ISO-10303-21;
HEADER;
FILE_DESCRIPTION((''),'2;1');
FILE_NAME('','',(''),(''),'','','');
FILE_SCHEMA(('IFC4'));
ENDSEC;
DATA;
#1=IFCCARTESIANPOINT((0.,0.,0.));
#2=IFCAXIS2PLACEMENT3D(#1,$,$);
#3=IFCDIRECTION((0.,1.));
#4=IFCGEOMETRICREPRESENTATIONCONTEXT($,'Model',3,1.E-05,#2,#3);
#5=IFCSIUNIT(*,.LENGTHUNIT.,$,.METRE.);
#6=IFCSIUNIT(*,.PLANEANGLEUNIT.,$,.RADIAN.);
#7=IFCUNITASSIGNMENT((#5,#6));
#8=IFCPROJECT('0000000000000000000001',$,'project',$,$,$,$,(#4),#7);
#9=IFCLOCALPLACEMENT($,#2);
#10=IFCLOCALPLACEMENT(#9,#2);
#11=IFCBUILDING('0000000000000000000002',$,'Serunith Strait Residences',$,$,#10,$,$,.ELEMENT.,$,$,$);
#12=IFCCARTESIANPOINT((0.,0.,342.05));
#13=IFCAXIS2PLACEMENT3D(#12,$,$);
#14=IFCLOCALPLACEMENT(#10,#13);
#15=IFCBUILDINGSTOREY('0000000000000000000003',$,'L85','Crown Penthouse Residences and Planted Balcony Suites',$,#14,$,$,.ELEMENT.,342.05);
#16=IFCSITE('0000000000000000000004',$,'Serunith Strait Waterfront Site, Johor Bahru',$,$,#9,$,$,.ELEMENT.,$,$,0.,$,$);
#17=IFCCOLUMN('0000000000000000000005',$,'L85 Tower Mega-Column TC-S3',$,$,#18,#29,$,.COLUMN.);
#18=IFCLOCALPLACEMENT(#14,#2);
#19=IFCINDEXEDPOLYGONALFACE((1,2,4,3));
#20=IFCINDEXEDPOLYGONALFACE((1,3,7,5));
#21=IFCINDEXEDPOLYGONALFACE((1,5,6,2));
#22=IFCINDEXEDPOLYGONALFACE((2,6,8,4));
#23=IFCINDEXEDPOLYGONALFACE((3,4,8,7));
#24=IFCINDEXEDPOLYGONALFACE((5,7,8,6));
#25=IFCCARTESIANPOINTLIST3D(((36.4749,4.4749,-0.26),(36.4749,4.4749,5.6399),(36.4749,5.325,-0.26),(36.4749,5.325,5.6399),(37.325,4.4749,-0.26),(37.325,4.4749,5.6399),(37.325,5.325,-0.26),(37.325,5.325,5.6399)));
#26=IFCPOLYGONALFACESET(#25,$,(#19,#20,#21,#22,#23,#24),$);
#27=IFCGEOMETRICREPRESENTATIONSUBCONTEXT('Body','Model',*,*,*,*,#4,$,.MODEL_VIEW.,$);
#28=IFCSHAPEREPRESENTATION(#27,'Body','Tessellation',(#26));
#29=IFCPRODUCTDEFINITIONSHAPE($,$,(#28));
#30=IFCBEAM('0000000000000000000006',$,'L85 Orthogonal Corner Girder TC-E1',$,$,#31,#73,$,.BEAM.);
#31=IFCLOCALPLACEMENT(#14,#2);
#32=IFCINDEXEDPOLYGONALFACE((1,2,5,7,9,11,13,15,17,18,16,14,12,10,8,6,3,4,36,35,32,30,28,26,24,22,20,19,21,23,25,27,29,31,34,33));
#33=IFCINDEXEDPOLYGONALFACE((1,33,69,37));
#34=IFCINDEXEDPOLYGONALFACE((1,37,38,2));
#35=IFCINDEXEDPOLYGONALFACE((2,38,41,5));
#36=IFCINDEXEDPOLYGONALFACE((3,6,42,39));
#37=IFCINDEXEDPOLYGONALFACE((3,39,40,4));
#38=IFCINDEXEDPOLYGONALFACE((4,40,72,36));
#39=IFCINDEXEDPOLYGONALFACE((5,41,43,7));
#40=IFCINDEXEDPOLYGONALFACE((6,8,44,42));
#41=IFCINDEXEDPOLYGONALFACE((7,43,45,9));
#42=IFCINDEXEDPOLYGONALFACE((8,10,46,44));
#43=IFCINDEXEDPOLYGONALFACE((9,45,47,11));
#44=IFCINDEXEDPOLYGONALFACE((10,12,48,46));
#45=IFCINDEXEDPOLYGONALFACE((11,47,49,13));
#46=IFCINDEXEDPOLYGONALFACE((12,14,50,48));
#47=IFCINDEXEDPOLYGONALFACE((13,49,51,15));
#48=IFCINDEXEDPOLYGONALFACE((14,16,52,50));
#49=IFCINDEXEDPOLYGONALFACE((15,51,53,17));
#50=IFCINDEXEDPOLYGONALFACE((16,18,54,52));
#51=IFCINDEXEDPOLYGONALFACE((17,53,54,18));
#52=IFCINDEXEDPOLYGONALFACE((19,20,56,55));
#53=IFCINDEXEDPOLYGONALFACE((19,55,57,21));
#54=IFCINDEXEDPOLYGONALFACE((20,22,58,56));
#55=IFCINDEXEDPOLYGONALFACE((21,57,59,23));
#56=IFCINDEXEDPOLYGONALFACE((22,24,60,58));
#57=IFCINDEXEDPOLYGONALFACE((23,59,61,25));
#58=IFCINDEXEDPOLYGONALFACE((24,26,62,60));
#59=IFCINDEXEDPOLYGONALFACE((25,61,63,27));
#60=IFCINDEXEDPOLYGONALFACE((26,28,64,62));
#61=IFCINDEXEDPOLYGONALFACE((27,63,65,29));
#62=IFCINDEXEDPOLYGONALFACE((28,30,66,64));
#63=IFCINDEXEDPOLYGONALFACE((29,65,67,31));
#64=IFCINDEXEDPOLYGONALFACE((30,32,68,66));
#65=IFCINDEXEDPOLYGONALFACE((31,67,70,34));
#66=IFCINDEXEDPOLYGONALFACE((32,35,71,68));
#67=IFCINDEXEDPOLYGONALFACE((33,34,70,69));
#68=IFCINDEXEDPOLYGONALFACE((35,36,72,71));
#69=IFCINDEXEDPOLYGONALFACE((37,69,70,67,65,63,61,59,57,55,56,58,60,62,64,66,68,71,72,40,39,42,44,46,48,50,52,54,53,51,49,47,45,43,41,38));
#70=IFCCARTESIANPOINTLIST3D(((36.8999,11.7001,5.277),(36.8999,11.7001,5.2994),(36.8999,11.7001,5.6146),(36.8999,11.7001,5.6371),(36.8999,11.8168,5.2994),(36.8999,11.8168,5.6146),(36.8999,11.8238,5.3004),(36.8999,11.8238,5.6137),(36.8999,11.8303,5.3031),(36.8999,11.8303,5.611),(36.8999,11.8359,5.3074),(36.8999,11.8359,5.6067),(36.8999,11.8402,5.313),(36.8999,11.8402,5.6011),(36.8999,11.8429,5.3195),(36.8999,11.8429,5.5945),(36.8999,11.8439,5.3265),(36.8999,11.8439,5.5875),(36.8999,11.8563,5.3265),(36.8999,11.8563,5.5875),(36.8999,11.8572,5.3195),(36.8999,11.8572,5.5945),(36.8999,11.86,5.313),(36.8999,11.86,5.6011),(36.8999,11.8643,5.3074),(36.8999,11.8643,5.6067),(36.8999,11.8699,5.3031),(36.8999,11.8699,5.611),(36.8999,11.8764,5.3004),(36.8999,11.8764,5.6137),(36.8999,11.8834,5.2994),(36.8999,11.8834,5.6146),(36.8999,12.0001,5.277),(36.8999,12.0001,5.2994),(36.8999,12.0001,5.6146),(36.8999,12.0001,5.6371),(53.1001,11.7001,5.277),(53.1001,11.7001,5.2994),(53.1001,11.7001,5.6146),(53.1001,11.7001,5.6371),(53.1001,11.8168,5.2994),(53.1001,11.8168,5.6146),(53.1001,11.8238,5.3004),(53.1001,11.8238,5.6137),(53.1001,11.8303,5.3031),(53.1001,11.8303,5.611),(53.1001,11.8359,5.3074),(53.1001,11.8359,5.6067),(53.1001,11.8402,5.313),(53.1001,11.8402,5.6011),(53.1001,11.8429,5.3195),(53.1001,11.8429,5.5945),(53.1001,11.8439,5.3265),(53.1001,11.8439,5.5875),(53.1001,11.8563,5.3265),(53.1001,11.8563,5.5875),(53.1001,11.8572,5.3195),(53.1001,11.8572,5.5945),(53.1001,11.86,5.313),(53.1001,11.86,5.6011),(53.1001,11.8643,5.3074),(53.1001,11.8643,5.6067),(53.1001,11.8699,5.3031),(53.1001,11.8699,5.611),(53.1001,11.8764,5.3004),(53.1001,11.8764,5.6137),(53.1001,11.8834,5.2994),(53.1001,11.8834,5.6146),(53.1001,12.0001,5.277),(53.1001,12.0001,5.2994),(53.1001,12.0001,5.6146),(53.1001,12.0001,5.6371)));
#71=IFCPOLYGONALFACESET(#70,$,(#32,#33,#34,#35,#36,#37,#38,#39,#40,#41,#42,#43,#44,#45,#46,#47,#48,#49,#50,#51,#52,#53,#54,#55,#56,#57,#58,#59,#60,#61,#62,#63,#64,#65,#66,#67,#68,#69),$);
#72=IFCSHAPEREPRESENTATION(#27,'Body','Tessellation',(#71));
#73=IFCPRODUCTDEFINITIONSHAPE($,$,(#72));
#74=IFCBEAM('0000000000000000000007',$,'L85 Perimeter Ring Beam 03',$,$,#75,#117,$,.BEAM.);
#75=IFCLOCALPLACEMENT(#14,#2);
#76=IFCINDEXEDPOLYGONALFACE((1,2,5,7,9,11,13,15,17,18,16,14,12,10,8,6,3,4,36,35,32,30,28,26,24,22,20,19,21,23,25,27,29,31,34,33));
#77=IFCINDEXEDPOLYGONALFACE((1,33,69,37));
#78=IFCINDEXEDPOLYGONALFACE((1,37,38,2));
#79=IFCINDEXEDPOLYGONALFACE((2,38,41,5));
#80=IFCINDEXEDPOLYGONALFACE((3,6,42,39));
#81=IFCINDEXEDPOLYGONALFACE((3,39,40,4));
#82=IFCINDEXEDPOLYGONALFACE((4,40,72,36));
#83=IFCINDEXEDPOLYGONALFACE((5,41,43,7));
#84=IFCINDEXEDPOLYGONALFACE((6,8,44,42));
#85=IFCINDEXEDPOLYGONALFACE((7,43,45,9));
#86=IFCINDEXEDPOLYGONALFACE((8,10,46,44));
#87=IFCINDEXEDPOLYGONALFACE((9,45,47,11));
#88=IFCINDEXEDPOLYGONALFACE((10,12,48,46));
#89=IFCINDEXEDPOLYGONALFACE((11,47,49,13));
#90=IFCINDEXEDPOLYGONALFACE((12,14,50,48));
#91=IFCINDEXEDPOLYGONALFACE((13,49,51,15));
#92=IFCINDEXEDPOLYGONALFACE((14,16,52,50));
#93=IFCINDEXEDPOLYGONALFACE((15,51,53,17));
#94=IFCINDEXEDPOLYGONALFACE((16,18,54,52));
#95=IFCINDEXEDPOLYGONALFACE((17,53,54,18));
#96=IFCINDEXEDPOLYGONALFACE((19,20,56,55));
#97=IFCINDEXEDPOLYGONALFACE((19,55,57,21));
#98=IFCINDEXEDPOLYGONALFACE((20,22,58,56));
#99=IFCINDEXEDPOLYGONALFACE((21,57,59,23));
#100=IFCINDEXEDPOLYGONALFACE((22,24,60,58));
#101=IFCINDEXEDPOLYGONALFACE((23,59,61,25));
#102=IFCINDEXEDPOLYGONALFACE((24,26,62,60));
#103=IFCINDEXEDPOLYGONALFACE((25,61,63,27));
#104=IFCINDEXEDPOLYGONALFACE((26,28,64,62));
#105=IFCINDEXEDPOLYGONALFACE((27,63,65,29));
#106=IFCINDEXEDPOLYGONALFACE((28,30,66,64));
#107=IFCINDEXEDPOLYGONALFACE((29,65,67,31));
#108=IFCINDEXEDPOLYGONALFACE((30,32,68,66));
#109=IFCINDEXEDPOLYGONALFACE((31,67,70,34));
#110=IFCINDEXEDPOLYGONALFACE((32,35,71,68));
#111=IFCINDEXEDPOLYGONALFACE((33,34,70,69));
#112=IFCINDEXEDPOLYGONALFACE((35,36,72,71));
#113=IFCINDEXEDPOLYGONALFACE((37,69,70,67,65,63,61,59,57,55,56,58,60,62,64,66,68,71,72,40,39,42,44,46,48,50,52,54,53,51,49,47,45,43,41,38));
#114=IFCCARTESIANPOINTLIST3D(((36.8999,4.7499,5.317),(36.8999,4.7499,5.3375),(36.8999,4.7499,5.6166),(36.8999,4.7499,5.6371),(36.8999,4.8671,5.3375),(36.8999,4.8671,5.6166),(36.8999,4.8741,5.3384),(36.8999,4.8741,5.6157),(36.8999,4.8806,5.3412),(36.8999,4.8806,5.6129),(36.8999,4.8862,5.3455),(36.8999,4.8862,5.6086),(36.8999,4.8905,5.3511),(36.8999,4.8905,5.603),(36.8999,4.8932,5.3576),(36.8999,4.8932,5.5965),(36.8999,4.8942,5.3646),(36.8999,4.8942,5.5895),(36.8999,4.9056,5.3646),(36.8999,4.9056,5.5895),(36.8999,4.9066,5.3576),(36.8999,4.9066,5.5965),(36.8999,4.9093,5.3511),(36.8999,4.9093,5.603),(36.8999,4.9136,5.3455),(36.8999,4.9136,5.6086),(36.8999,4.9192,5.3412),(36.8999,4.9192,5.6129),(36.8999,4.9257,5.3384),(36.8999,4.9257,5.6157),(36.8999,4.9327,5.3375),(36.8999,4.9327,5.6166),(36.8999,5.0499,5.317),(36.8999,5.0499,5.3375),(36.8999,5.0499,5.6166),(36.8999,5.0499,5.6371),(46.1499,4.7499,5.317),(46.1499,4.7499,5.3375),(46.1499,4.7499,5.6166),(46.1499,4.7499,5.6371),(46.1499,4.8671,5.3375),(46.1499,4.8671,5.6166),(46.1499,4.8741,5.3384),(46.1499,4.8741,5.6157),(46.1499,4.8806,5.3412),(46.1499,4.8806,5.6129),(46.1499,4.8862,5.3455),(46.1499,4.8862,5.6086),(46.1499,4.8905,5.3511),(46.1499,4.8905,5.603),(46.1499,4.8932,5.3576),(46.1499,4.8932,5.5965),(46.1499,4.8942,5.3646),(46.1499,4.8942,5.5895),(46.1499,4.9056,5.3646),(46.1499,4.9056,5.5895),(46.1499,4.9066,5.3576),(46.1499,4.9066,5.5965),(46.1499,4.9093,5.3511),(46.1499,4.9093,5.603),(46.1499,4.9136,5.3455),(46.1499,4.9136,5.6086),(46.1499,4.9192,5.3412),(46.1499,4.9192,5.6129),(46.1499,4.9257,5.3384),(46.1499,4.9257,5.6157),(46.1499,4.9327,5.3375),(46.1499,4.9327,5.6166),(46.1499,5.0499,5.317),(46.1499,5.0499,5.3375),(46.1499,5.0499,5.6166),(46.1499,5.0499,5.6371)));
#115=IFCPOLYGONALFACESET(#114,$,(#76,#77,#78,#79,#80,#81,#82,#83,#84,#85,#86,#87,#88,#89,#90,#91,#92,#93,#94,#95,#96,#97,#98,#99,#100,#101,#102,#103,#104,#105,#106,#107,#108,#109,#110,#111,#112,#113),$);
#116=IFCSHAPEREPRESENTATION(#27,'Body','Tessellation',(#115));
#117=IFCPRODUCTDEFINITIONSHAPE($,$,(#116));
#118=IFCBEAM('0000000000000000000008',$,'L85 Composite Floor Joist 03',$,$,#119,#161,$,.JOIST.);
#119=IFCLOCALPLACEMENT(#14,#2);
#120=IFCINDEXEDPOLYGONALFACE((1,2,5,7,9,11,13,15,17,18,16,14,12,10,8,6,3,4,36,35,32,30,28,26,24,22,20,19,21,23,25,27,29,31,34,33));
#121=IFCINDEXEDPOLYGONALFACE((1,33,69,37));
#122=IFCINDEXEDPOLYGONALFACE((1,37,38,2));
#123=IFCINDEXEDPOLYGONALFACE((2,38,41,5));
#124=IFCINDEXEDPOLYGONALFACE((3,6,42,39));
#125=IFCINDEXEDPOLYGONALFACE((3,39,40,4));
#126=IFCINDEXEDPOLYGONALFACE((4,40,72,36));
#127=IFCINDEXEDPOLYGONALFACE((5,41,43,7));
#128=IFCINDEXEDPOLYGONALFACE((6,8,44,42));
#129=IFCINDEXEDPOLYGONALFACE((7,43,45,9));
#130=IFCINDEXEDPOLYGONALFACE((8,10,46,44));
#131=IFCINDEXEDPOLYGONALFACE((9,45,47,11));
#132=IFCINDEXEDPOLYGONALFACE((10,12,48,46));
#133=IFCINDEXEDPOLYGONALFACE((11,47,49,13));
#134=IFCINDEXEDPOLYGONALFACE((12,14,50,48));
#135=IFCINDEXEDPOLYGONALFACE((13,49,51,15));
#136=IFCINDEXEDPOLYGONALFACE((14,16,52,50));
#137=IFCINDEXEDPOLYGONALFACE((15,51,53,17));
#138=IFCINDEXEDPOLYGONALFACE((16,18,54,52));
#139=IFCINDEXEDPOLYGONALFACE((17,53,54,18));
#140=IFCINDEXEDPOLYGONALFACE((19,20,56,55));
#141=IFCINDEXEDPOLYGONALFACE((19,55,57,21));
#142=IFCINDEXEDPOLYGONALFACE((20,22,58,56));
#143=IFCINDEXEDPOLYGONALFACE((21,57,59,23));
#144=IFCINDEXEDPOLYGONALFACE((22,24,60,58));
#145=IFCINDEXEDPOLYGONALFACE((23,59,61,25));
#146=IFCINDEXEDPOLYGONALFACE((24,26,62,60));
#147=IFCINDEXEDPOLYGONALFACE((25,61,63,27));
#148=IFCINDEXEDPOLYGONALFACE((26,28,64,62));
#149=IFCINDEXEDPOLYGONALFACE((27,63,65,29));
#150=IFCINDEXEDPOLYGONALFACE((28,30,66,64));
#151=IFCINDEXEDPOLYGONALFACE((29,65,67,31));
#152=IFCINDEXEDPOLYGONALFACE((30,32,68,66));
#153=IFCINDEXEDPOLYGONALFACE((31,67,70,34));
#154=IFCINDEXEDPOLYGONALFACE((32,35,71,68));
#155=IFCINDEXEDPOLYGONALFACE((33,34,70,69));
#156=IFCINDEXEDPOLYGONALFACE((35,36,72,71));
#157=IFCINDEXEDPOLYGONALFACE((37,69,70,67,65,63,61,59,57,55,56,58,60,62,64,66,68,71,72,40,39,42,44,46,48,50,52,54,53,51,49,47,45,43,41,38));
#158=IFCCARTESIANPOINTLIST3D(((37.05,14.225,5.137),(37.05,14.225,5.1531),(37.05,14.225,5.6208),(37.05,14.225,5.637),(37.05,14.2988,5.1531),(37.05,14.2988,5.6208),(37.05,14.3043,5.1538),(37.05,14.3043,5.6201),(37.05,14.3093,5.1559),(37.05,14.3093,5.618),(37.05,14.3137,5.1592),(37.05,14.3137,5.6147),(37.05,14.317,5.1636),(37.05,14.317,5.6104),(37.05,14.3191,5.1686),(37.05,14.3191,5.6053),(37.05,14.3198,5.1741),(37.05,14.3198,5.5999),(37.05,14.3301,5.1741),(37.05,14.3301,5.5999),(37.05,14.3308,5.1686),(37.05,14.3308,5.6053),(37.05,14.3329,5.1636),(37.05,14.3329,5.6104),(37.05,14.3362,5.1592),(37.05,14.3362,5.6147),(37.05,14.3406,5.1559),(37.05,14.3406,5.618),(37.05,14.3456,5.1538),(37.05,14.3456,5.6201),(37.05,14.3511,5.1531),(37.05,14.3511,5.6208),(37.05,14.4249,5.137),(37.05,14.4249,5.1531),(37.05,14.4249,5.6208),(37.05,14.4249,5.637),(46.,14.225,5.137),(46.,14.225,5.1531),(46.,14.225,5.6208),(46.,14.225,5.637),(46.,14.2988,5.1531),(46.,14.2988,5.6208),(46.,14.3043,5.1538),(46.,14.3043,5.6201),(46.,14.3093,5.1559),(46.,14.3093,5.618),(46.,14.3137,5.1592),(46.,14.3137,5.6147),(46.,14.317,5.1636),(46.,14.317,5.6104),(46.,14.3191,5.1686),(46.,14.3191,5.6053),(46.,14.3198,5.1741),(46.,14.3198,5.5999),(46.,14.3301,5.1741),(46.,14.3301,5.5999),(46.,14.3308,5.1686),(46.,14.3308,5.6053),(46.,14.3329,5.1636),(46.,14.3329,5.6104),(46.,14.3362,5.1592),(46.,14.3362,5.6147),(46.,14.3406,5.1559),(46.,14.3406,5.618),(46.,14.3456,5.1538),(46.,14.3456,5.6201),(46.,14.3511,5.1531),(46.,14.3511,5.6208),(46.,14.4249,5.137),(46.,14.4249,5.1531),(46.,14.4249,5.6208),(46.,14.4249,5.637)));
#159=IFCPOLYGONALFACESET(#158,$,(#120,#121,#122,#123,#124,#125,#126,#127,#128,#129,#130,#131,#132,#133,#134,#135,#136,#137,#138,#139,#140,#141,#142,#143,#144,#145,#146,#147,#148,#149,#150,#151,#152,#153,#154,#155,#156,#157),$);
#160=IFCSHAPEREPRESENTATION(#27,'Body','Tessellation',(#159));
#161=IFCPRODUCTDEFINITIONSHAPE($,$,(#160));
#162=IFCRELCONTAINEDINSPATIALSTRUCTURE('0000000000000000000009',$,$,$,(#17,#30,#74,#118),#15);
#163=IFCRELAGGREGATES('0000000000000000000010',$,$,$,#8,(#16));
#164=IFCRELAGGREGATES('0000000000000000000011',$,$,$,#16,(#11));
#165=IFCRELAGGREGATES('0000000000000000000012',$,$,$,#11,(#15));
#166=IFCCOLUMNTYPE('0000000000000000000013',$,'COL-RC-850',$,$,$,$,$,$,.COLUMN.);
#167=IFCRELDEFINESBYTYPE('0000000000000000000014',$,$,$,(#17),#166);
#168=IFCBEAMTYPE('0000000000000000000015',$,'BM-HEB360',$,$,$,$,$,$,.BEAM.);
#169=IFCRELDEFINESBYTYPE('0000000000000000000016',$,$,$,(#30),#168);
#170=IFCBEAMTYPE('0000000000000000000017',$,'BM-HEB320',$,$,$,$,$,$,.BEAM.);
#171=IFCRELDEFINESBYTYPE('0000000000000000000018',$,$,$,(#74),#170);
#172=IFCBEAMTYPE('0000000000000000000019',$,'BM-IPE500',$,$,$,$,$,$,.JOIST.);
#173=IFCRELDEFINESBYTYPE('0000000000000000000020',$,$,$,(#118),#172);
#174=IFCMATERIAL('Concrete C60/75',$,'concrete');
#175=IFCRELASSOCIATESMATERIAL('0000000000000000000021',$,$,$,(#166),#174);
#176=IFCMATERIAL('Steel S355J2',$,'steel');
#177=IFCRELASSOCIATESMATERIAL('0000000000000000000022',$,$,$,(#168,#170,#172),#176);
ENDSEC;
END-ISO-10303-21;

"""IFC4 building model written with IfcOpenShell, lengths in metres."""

from ifc_helpers import new_model, si_unit, direction, frame, origin, origin_2d, place, context, subcontext, project, spatial, rectangle, i_section, extrude, source, transform, mapped, material, material_profile, profile_set, type_object, element, save


model = new_model("IFC4")

# Units and contexts
model_context = context("Model", 3, precision=1e-05, world=origin(), true_north=direction((0.0, 1.0)))
body_context = subcontext(model_context, "Body", "Model", "MODEL_VIEW")
ifc_project = project(units=[si_unit("LENGTHUNIT", "METRE"), si_unit("PLANEANGLEUNIT", "RADIAN")], contexts=[model_context])

# Site, building, storey
site_placement = place(None, origin())
site = spatial("IfcSite", under=ifc_project, at=site_placement, Name="Serunith Strait Waterfront Site, Johor Bahru", CompositionType="ELEMENT", RefElevation=0.0)
building_placement = place(site_placement, origin())
building = spatial("IfcBuilding", under=site, at=building_placement, Name="Serunith Strait Residences", CompositionType="ELEMENT")
storey_placement = place(building_placement, frame((0.0, 0.0, 342.05)))
storey = spatial("IfcBuildingStorey", under=building, at=storey_placement, Name="L85", Description="Crown Penthouse Residences and Planted Balcony Suites", CompositionType="ELEMENT", Elevation=342.05)

# Column
ifc_material_1 = material(Name="Concrete C60/75", Category="concrete")
ifc_material_profile_1 = material_profile(ifc_material_1, rectangle(XDim=0.8501, YDim=0.8501, at=origin_2d()), Name="RC 850x850")
ifc_profile_set_1 = profile_set([ifc_material_profile_1], Name="Concrete C60/75")
column_type = type_object("IfcColumnType", Name="COL-RC-850", PredefinedType="COLUMN", material=ifc_profile_set_1)
shared_shape_1 = source(origin(), body_context, "Body", "SweptSolid", [
    extrude(rectangle(XDim=0.8501, YDim=0.8501, at=origin_2d()), origin(), (0.0, 0.0, 1.0), 5.8999),
])
column_placement = place(storey_placement, frame((36.8999, 4.8999, -0.26), z_axis=(0.0, 0.0, 1.0), x_axis=(1.0, 0.0, 0.0)))
element("IfcColumn", 1, at=column_placement, inside=storey, type_object=column_type, Name="L85 Tower Mega-Column TC-S3", PredefinedType="COLUMN", context=body_context, shape_type="MappedRepresentation", body=[
    mapped(shared_shape_1, transform((0.0, 0.0, 0.0), scale=1.0)),
])

# Beams
ifc_material_2 = material(Name="Steel S355J2", Category="steel")
ifc_material_profile_2 = material_profile(ifc_material_2, i_section(OverallWidth=0.3, OverallDepth=0.3601, WebThickness=0.0125, FlangeThickness=0.0225, FilletRadius=0.0271, at=origin_2d()), Name="HEB 360")
ifc_profile_set_2 = profile_set([ifc_material_profile_2], Name="Steel S355J2")
beam_type_1 = type_object("IfcBeamType", Name="BM-HEB360", PredefinedType="BEAM", material=ifc_profile_set_2)
shared_shape_2 = source(origin(), body_context, "Body", "SweptSolid", [
    extrude(i_section(OverallWidth=0.3, OverallDepth=0.3601, WebThickness=0.0125, FlangeThickness=0.0225, FilletRadius=0.0271, at=origin_2d()), origin(), (0.0, 0.0, 1.0), 16.2002),
])
beam_1_placement = place(storey_placement, frame((36.8999, 11.8501, 5.457), z_axis=(1.0, 0.0, 0.0), x_axis=(0.0, 1.0, 0.0)))
element("IfcBeam", 2, at=beam_1_placement, inside=storey, type_object=beam_type_1, Name="L85 Orthogonal Corner Girder TC-E1", PredefinedType="BEAM", context=body_context, shape_type="MappedRepresentation", body=[
    mapped(shared_shape_2, transform((0.0, 0.0, 0.0), scale=1.0)),
])
ifc_material_profile_3 = material_profile(ifc_material_2, i_section(OverallWidth=0.3, OverallDepth=0.3201, WebThickness=0.0115, FlangeThickness=0.0205, FilletRadius=0.0271, at=origin_2d()), Name="HEB 320")
ifc_profile_set_3 = profile_set([ifc_material_profile_3], Name="Steel S355J2")
beam_type_2 = type_object("IfcBeamType", Name="BM-HEB320", PredefinedType="BEAM", material=ifc_profile_set_3)
shared_shape_3 = source(origin(), body_context, "Body", "SweptSolid", [
    extrude(i_section(OverallWidth=0.3, OverallDepth=0.3201, WebThickness=0.0115, FlangeThickness=0.0205, FilletRadius=0.0271, at=origin_2d()), origin(), (0.0, 0.0, 1.0), 9.25),
])
beam_2_placement = place(storey_placement, frame((36.8999, 4.8999, 5.4771), z_axis=(1.0, 0.0, 0.0), x_axis=(0.0, 1.0, 0.0)))
element("IfcBeam", 3, at=beam_2_placement, inside=storey, type_object=beam_type_2, Name="L85 Perimeter Ring Beam 03", PredefinedType="BEAM", context=body_context, shape_type="MappedRepresentation", body=[
    mapped(shared_shape_3, transform((0.0, 0.0, 0.0), scale=1.0)),
])
ifc_material_profile_4 = material_profile(ifc_material_2, i_section(OverallWidth=0.2, OverallDepth=0.5, WebThickness=0.0103, FlangeThickness=0.0161, FilletRadius=0.021, at=origin_2d()), Name="IPE 500")
ifc_profile_set_4 = profile_set([ifc_material_profile_4], Name="Steel S355J2")
beam_type_3 = type_object("IfcBeamType", Name="BM-IPE500", PredefinedType="JOIST", material=ifc_profile_set_4)
shared_shape_4 = source(origin(), body_context, "Body", "SweptSolid", [
    extrude(i_section(OverallWidth=0.2, OverallDepth=0.5, WebThickness=0.0103, FlangeThickness=0.0161, FilletRadius=0.021, at=origin_2d()), origin(), (0.0, 0.0, 1.0), 8.95),
])
beam_3_placement = place(storey_placement, frame((37.05, 14.325, 5.387), z_axis=(1.0, 0.0, 0.0), x_axis=(0.0, 1.0, 0.0)))
element("IfcBeam", 4, at=beam_3_placement, inside=storey, type_object=beam_type_3, Name="L85 Composite Floor Joist 03", PredefinedType="JOIST", context=body_context, shape_type="MappedRepresentation", body=[
    mapped(shared_shape_4, transform((0.0, 0.0, 0.0), scale=1.0)),
])

save(model, "model.ifc")
